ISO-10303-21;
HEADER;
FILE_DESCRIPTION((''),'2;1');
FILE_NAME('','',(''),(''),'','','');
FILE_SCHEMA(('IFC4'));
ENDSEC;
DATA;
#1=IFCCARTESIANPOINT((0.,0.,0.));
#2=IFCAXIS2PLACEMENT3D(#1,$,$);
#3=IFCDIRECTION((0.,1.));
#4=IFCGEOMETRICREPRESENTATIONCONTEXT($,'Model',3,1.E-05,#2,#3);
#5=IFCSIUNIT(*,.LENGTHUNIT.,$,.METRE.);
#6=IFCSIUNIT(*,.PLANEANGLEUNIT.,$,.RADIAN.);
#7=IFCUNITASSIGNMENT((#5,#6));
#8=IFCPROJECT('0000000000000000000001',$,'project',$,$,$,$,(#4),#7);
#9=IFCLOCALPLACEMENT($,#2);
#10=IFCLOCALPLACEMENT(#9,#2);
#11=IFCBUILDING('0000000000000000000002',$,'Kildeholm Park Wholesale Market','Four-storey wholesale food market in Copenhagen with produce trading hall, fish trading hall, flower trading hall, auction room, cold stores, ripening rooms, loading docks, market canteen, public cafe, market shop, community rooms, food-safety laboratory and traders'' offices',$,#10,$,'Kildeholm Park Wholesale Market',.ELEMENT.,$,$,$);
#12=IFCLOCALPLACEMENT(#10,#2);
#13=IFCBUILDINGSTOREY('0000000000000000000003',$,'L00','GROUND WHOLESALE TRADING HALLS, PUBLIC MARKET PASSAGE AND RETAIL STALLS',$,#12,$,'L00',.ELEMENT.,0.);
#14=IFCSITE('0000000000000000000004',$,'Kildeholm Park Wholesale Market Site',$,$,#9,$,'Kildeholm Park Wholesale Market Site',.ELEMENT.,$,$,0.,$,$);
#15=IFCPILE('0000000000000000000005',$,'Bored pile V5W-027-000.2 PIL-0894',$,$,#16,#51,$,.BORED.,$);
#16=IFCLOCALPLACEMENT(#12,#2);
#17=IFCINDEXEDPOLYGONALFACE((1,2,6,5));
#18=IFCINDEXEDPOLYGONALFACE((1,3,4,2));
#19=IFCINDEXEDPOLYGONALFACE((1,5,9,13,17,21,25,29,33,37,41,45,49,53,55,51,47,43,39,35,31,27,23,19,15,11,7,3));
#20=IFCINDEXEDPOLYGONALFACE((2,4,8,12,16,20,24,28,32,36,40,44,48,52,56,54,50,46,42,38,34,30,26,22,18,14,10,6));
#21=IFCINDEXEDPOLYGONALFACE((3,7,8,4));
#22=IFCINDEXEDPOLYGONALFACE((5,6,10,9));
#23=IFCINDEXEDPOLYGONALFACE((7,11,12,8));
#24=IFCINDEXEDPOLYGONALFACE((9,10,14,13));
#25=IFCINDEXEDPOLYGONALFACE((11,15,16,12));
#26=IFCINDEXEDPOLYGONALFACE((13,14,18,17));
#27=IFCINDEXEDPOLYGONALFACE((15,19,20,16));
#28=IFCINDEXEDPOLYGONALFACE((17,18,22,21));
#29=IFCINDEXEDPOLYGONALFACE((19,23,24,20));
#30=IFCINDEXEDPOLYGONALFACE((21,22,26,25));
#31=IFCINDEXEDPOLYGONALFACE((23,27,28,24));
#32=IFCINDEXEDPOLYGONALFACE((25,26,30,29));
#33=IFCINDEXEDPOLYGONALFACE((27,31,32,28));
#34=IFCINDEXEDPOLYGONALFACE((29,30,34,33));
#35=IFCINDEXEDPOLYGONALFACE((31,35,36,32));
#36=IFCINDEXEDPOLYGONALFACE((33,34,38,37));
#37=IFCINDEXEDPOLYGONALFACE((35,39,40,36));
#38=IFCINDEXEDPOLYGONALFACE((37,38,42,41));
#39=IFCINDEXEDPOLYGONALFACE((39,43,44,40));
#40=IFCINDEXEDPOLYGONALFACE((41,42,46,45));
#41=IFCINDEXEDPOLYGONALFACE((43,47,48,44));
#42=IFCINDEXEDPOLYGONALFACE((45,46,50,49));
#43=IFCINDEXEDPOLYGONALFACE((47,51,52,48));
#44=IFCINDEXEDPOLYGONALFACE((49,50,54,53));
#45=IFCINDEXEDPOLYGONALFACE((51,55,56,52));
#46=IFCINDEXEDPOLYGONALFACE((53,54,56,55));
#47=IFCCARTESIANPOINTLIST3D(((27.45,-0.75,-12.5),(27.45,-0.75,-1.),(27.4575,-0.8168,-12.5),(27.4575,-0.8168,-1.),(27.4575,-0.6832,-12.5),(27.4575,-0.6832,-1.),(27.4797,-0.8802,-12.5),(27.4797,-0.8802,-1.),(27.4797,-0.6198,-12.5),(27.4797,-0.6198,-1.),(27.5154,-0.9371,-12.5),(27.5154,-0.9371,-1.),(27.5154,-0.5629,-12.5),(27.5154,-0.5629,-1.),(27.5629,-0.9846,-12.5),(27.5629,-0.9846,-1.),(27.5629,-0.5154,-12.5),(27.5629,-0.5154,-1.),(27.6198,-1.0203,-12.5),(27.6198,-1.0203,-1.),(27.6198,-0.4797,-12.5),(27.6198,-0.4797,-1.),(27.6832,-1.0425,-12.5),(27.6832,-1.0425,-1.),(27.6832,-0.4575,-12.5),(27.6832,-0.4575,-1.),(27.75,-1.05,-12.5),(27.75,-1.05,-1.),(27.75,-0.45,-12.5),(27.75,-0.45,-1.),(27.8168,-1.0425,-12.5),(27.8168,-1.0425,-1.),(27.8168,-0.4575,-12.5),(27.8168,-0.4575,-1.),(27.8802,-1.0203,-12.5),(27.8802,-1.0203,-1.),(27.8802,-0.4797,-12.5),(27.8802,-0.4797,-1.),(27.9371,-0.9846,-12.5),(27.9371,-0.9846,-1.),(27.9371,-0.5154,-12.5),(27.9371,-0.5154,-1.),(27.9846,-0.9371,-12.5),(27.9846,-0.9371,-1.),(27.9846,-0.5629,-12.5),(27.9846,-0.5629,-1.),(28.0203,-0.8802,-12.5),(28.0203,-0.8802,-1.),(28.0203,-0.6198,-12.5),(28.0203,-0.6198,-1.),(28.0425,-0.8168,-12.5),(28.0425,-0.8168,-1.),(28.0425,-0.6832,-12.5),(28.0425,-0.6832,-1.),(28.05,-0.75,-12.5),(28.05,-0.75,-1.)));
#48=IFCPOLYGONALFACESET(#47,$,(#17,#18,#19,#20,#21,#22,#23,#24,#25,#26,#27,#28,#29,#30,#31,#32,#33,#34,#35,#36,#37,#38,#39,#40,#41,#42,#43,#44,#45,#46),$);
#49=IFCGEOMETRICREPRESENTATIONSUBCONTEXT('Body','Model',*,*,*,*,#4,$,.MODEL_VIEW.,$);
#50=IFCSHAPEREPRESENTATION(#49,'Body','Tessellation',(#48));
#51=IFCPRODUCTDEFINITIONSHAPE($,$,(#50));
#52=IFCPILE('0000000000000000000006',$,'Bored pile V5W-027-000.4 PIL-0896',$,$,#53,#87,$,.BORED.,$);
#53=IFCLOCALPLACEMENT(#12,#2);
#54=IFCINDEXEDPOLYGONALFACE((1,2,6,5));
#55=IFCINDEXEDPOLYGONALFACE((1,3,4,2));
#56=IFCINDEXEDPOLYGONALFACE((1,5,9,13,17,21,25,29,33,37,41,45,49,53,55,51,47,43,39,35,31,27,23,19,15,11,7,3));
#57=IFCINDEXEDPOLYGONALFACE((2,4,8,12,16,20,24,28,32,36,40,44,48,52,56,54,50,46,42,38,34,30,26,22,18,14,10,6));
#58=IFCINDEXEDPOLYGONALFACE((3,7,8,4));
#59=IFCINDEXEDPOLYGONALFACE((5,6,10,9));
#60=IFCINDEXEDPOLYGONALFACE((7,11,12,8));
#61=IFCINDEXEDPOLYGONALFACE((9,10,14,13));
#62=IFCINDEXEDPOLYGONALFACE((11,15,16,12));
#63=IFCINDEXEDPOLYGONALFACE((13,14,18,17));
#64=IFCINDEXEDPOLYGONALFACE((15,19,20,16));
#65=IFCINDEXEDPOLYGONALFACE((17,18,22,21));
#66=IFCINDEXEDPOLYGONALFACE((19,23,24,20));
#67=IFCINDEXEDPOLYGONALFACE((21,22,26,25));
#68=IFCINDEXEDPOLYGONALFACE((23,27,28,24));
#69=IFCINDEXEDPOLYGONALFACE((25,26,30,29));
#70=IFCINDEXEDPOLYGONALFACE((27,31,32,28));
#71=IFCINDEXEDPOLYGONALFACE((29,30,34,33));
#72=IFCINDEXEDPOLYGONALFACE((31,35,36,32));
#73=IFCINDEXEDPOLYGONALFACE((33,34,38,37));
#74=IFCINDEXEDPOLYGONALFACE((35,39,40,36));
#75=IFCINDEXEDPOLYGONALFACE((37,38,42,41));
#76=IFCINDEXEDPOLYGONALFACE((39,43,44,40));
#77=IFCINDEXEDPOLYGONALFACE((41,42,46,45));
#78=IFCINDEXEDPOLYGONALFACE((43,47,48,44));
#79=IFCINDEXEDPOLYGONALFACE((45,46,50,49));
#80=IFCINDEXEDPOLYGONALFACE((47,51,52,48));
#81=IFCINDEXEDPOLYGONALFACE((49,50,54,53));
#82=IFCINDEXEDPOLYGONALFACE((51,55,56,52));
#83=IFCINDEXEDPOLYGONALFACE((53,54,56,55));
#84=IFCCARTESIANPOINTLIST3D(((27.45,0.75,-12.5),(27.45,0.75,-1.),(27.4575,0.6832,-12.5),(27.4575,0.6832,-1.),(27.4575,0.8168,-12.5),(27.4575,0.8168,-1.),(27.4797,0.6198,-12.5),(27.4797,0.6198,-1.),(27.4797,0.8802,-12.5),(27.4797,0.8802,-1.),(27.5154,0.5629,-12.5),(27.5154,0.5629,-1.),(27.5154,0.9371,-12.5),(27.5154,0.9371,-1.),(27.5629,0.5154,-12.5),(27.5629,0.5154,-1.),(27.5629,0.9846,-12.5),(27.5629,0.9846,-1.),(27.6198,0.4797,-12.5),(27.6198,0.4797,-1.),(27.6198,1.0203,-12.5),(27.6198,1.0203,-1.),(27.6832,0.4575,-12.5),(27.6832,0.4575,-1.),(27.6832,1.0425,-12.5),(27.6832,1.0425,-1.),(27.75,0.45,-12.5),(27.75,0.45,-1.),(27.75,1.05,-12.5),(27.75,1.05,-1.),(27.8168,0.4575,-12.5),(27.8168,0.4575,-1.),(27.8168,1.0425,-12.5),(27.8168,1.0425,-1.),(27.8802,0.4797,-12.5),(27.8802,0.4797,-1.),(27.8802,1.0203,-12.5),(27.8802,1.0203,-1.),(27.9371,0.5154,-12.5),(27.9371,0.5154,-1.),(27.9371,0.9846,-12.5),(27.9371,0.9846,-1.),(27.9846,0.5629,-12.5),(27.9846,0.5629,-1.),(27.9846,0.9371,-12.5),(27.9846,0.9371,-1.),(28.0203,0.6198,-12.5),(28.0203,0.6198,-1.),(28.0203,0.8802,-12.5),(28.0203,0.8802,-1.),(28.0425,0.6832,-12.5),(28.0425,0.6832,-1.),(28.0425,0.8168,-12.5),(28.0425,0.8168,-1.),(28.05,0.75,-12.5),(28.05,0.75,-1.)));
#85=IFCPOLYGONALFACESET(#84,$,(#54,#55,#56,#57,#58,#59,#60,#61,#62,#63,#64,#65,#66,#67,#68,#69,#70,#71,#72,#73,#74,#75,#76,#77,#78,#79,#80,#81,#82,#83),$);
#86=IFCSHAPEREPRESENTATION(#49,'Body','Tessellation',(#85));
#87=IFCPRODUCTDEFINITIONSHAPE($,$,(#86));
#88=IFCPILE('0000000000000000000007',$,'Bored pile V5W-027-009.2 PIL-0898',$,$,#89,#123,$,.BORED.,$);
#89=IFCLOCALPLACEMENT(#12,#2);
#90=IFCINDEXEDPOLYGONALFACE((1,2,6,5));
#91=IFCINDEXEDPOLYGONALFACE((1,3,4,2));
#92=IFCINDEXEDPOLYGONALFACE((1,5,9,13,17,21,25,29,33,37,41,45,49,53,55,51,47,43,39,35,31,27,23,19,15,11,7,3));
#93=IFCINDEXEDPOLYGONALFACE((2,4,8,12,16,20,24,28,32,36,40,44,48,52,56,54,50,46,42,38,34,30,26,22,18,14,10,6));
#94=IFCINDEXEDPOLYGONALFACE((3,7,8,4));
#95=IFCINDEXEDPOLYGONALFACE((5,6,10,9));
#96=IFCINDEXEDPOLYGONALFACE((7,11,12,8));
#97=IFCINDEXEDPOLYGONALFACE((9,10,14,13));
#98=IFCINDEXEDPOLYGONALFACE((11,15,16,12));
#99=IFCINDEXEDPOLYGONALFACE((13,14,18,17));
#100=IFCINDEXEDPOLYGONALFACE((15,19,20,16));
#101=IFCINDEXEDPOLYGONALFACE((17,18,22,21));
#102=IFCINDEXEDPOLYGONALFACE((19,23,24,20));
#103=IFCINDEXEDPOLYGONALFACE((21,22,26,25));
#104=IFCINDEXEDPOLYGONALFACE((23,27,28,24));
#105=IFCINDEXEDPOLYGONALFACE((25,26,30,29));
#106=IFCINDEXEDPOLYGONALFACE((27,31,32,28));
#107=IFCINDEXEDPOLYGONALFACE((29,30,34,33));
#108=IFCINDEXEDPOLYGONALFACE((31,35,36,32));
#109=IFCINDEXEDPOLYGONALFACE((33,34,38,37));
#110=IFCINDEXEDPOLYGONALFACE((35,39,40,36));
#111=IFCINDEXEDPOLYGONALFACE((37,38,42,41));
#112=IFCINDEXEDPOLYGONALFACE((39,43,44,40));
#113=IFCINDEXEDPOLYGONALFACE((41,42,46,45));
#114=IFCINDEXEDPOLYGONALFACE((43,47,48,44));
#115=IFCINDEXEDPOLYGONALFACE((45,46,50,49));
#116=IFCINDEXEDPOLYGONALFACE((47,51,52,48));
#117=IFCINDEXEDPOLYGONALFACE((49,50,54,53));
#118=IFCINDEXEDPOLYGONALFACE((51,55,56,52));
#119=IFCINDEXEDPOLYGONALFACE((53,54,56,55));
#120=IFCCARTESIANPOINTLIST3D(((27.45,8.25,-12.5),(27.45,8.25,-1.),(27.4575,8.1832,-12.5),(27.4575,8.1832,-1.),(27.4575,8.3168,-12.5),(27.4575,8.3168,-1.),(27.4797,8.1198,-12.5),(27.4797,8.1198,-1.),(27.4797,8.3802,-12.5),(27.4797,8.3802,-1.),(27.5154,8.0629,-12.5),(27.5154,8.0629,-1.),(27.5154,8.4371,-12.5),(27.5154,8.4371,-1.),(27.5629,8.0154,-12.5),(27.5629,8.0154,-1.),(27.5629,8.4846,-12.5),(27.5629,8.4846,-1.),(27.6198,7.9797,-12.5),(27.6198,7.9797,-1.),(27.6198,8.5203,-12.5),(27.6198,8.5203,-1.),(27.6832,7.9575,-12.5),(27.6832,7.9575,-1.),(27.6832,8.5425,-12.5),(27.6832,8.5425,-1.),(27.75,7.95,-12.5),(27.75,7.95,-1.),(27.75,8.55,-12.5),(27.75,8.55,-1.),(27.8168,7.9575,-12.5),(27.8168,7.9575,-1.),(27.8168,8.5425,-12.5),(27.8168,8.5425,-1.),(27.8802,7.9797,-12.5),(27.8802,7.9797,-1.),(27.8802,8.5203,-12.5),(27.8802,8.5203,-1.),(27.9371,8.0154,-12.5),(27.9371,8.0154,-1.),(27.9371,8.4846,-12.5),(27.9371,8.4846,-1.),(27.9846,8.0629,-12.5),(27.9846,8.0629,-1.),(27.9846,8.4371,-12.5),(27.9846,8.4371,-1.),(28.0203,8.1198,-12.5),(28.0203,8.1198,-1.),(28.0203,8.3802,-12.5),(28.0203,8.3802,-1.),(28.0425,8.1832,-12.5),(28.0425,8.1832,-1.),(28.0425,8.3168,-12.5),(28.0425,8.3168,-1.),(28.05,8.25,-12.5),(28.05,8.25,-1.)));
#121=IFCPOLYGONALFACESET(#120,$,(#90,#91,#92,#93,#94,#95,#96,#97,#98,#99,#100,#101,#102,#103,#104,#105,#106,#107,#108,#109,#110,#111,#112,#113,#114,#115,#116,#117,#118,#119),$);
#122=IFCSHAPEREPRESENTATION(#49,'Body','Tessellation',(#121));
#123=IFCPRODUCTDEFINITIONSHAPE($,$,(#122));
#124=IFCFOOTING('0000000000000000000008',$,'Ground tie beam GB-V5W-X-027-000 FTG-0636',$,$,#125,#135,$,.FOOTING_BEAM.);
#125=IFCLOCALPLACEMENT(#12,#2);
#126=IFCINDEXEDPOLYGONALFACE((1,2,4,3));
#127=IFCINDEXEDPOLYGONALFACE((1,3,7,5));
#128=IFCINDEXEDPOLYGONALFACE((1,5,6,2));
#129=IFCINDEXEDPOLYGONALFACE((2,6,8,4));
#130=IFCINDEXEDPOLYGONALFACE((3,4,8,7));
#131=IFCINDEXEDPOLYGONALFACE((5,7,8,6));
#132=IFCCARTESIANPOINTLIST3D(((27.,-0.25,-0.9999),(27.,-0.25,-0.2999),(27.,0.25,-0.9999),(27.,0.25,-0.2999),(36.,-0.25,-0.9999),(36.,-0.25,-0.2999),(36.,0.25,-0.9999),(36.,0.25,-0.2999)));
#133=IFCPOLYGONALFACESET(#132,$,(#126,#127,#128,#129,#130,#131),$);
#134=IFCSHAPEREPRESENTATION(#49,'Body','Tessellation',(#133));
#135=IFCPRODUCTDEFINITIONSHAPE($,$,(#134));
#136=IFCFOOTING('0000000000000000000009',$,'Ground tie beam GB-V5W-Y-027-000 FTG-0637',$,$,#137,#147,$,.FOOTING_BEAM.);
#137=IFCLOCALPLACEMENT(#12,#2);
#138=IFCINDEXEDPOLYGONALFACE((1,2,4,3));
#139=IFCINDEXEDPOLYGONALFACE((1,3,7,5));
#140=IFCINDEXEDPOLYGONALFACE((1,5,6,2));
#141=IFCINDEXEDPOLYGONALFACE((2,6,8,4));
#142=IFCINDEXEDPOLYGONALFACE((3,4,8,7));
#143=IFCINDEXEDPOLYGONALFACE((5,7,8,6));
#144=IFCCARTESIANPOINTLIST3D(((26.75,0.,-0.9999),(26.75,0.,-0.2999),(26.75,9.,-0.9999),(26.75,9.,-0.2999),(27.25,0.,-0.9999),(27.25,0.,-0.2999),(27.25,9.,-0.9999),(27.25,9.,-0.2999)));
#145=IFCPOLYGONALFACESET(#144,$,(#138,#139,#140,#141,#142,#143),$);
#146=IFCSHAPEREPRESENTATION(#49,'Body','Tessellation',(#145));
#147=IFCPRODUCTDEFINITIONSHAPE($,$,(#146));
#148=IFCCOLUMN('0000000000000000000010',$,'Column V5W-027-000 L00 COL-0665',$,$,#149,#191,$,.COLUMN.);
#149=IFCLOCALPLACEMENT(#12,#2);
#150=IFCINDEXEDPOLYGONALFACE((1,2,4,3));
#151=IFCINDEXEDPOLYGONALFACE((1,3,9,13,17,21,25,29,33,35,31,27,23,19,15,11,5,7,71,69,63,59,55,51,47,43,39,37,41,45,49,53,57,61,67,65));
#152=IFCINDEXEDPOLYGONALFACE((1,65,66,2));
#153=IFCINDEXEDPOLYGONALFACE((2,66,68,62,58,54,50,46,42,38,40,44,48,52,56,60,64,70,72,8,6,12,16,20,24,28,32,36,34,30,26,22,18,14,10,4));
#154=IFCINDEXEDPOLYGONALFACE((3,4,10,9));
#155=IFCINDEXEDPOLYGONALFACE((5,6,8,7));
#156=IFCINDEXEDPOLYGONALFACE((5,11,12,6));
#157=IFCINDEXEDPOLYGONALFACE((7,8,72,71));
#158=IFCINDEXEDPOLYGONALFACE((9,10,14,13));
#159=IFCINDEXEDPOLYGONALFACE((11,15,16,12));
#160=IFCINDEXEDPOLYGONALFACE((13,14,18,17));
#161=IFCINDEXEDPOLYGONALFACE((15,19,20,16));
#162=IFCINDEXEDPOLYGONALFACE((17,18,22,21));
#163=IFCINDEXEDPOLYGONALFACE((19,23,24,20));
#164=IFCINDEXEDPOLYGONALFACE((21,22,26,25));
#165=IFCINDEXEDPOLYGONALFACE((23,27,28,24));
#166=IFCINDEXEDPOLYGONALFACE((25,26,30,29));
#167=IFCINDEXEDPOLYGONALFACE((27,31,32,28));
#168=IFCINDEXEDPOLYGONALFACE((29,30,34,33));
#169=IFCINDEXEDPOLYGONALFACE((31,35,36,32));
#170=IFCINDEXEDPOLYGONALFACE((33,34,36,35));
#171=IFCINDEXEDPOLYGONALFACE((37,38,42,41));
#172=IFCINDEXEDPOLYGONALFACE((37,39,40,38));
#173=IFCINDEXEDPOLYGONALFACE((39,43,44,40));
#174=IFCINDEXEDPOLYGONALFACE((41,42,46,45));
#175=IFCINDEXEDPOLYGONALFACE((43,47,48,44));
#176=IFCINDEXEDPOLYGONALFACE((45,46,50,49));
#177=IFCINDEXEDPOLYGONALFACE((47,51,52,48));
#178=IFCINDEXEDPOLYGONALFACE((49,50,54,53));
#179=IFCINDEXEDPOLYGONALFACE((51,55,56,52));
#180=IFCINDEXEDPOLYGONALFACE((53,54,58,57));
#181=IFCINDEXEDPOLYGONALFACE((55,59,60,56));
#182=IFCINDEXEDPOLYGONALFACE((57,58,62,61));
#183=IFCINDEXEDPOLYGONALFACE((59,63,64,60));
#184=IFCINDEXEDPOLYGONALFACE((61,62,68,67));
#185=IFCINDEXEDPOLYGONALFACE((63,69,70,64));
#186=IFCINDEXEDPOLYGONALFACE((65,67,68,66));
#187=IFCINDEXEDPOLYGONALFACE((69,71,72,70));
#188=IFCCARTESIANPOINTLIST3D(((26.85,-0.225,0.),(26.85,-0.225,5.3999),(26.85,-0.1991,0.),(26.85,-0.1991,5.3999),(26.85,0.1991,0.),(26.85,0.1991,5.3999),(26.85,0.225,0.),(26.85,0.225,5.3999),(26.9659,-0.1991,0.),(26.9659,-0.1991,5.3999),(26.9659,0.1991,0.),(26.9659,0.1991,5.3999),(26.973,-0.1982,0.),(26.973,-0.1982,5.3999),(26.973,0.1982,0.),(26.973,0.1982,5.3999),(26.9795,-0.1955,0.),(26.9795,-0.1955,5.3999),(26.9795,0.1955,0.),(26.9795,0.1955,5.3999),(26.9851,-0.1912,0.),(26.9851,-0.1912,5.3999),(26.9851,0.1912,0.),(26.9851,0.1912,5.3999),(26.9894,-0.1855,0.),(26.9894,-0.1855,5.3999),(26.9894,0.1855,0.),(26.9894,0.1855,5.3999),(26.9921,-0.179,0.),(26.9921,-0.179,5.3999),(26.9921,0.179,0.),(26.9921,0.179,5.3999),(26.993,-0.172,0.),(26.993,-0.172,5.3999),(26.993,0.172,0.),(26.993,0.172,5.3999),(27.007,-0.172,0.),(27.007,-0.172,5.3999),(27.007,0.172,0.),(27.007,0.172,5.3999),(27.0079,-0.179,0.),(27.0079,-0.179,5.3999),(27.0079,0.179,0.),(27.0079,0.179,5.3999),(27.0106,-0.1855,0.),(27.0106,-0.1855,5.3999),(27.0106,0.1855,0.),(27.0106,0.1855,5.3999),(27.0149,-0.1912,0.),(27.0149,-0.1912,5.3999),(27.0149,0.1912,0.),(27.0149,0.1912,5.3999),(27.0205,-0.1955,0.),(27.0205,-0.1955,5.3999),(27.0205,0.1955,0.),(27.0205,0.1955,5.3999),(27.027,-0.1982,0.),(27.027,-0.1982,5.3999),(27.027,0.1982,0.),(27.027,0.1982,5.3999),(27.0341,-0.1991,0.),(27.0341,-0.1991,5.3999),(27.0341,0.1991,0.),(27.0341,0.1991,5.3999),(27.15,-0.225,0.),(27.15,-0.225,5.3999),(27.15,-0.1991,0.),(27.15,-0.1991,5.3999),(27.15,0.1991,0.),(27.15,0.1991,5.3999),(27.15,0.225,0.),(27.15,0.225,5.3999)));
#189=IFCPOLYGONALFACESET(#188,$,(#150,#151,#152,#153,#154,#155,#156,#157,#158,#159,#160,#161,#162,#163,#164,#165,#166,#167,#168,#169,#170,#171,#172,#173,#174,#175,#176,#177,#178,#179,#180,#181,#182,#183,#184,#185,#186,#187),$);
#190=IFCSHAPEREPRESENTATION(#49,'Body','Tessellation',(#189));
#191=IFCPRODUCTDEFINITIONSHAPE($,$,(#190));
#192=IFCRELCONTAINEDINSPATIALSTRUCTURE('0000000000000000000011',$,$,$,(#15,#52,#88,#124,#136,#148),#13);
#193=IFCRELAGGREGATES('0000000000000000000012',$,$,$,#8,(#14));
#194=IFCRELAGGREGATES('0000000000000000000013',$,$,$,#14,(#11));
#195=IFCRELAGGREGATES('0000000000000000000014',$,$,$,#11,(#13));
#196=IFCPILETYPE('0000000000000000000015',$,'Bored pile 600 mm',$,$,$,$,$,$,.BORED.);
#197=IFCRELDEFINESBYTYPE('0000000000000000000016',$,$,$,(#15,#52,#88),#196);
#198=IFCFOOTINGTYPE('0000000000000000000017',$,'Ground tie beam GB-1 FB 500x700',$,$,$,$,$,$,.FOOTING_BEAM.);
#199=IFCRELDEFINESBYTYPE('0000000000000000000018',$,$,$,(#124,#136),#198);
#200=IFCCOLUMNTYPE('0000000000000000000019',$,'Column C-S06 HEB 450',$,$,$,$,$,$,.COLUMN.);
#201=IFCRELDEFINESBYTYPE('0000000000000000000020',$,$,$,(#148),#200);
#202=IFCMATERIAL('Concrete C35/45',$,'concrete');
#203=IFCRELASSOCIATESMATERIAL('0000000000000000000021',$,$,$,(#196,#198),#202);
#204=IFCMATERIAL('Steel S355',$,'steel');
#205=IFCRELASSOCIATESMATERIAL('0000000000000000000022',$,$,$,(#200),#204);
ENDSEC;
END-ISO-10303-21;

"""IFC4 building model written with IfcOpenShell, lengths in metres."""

from ifc_helpers import new_model, si_unit, direction, frame, origin, origin_2d, place, context, subcontext, project, spatial, rectangle, circle, i_section, extrude, material, material_profile, profile_set, type_object, element, save


model = new_model("IFC4")

# Units and contexts
model_context = context("Model", 3, precision=1e-05, world=origin(), true_north=direction((0.0, 1.0)))
body_context = subcontext(model_context, "Body", "Model", "MODEL_VIEW")
ifc_project = project(units=[si_unit("LENGTHUNIT", "METRE"), si_unit("PLANEANGLEUNIT", "RADIAN")], contexts=[model_context])

# Site, building, storey
site_placement = place(None, origin())
site = spatial("IfcSite", under=ifc_project, at=site_placement, Name="Kildeholm Park Wholesale Market Site", LongName="Kildeholm Park Wholesale Market Site", CompositionType="ELEMENT", RefElevation=0.0)
building_placement = place(site_placement, origin())
building = spatial("IfcBuilding", under=site, at=building_placement, Name="Kildeholm Park Wholesale Market", Description="Four-storey wholesale food market in Copenhagen with produce trading hall, fish trading hall, flower trading hall, auction room, cold stores, ripening rooms, loading docks, market canteen, public cafe, market shop, community rooms, food-safety laboratory and traders' offices", LongName="Kildeholm Park Wholesale Market", CompositionType="ELEMENT")
storey_placement = place(building_placement, origin())
storey = spatial("IfcBuildingStorey", under=building, at=storey_placement, Name="L00", Description="GROUND WHOLESALE TRADING HALLS, PUBLIC MARKET PASSAGE AND RETAIL STALLS", LongName="L00", CompositionType="ELEMENT", Elevation=0.0)

# Piles
ifc_material_1 = material(Name="Concrete C35/45", Category="concrete")
ifc_material_profile_1 = material_profile(ifc_material_1, circle(Radius=0.3, at=origin_2d()), Name="PILE D600")
ifc_profile_set_1 = profile_set([ifc_material_profile_1], Name="Concrete C35/45")
pile_type = type_object("IfcPileType", Name="Bored pile 600 mm", PredefinedType="BORED", material=ifc_profile_set_1)
for number, where, z_axis, x_axis, name in (
    (1, (27.75, -0.75, -1.0), (0.0, 0.0, -1.0), (1.0, 0.0, 0.0), "Bored pile V5W-027-000.2 PIL-0894"),
    (2, (27.75, 0.75, -1.0), (0.0, 0.0, -1.0), (1.0, 0.0, 0.0), "Bored pile V5W-027-000.4 PIL-0896"),
    (3, (27.75, 8.25, -1.0), (0.0, 0.0, -1.0), (1.0, 0.0, 0.0), "Bored pile V5W-027-009.2 PIL-0898"),
):
    element("IfcPile", number, at=place(storey_placement, frame(where, z_axis=z_axis, x_axis=x_axis)), inside=storey, type_object=pile_type, Name=name, PredefinedType="BORED", context=body_context, shape_type="SweptSolid", body=[
        extrude(circle(Radius=0.3, at=origin_2d()), origin(), (0.0, 0.0, 1.0), 11.5),
    ])

# Footings
ifc_material_profile_2 = material_profile(ifc_material_1, rectangle(XDim=0.5, YDim=0.7, at=origin_2d()), Name="FB 500x700")
ifc_profile_set_2 = profile_set([ifc_material_profile_2], Name="Concrete C35/45")
footing_type = type_object("IfcFootingType", Name="Ground tie beam GB-1 FB 500x700", PredefinedType="FOOTING_BEAM", material=ifc_profile_set_2)
for number, where, z_axis, x_axis, name in (
    (4, (27.0, 0.0, -0.6499), (1.0, 0.0, 0.0), (0.0, 1.0, 0.0), "Ground tie beam GB-V5W-X-027-000 FTG-0636"),
    (5, (27.0, 0.0, -0.6499), (0.0, 1.0, 0.0), (-1.0, 0.0, 0.0), "Ground tie beam GB-V5W-Y-027-000 FTG-0637"),
):
    element("IfcFooting", number, at=place(storey_placement, frame(where, z_axis=z_axis, x_axis=x_axis)), inside=storey, type_object=footing_type, Name=name, PredefinedType="FOOTING_BEAM", context=body_context, shape_type="SweptSolid", body=[
        extrude(rectangle(XDim=0.5, YDim=0.7, at=origin_2d()), origin(), (0.0, 0.0, 1.0), 9.0),
    ])

# Column
ifc_material_2 = material(Name="Steel S355", Category="steel")
ifc_material_profile_3 = material_profile(ifc_material_2, i_section(OverallWidth=0.3, OverallDepth=0.45, WebThickness=0.0139, FlangeThickness=0.0259, FilletRadius=0.0271, at=origin_2d()), Name="HEB 450")
ifc_profile_set_3 = profile_set([ifc_material_profile_3], Name="Steel S355")
column_type = type_object("IfcColumnType", Name="Column C-S06 HEB 450", PredefinedType="COLUMN", material=ifc_profile_set_3)
column_placement = place(storey_placement, frame((27.0, 0.0, 0.0), z_axis=(0.0, 0.0, 1.0), x_axis=(1.0, 0.0, 0.0)))
element("IfcColumn", 6, at=column_placement, inside=storey, type_object=column_type, Name="Column V5W-027-000 L00 COL-0665", PredefinedType="COLUMN", context=body_context, shape_type="SweptSolid", body=[
    extrude(i_section(OverallWidth=0.3, OverallDepth=0.45, WebThickness=0.0139, FlangeThickness=0.0259, FilletRadius=0.0271, at=origin_2d()), origin(), (0.0, 0.0, 1.0), 5.3999),
])

save(model, "model.ifc")
